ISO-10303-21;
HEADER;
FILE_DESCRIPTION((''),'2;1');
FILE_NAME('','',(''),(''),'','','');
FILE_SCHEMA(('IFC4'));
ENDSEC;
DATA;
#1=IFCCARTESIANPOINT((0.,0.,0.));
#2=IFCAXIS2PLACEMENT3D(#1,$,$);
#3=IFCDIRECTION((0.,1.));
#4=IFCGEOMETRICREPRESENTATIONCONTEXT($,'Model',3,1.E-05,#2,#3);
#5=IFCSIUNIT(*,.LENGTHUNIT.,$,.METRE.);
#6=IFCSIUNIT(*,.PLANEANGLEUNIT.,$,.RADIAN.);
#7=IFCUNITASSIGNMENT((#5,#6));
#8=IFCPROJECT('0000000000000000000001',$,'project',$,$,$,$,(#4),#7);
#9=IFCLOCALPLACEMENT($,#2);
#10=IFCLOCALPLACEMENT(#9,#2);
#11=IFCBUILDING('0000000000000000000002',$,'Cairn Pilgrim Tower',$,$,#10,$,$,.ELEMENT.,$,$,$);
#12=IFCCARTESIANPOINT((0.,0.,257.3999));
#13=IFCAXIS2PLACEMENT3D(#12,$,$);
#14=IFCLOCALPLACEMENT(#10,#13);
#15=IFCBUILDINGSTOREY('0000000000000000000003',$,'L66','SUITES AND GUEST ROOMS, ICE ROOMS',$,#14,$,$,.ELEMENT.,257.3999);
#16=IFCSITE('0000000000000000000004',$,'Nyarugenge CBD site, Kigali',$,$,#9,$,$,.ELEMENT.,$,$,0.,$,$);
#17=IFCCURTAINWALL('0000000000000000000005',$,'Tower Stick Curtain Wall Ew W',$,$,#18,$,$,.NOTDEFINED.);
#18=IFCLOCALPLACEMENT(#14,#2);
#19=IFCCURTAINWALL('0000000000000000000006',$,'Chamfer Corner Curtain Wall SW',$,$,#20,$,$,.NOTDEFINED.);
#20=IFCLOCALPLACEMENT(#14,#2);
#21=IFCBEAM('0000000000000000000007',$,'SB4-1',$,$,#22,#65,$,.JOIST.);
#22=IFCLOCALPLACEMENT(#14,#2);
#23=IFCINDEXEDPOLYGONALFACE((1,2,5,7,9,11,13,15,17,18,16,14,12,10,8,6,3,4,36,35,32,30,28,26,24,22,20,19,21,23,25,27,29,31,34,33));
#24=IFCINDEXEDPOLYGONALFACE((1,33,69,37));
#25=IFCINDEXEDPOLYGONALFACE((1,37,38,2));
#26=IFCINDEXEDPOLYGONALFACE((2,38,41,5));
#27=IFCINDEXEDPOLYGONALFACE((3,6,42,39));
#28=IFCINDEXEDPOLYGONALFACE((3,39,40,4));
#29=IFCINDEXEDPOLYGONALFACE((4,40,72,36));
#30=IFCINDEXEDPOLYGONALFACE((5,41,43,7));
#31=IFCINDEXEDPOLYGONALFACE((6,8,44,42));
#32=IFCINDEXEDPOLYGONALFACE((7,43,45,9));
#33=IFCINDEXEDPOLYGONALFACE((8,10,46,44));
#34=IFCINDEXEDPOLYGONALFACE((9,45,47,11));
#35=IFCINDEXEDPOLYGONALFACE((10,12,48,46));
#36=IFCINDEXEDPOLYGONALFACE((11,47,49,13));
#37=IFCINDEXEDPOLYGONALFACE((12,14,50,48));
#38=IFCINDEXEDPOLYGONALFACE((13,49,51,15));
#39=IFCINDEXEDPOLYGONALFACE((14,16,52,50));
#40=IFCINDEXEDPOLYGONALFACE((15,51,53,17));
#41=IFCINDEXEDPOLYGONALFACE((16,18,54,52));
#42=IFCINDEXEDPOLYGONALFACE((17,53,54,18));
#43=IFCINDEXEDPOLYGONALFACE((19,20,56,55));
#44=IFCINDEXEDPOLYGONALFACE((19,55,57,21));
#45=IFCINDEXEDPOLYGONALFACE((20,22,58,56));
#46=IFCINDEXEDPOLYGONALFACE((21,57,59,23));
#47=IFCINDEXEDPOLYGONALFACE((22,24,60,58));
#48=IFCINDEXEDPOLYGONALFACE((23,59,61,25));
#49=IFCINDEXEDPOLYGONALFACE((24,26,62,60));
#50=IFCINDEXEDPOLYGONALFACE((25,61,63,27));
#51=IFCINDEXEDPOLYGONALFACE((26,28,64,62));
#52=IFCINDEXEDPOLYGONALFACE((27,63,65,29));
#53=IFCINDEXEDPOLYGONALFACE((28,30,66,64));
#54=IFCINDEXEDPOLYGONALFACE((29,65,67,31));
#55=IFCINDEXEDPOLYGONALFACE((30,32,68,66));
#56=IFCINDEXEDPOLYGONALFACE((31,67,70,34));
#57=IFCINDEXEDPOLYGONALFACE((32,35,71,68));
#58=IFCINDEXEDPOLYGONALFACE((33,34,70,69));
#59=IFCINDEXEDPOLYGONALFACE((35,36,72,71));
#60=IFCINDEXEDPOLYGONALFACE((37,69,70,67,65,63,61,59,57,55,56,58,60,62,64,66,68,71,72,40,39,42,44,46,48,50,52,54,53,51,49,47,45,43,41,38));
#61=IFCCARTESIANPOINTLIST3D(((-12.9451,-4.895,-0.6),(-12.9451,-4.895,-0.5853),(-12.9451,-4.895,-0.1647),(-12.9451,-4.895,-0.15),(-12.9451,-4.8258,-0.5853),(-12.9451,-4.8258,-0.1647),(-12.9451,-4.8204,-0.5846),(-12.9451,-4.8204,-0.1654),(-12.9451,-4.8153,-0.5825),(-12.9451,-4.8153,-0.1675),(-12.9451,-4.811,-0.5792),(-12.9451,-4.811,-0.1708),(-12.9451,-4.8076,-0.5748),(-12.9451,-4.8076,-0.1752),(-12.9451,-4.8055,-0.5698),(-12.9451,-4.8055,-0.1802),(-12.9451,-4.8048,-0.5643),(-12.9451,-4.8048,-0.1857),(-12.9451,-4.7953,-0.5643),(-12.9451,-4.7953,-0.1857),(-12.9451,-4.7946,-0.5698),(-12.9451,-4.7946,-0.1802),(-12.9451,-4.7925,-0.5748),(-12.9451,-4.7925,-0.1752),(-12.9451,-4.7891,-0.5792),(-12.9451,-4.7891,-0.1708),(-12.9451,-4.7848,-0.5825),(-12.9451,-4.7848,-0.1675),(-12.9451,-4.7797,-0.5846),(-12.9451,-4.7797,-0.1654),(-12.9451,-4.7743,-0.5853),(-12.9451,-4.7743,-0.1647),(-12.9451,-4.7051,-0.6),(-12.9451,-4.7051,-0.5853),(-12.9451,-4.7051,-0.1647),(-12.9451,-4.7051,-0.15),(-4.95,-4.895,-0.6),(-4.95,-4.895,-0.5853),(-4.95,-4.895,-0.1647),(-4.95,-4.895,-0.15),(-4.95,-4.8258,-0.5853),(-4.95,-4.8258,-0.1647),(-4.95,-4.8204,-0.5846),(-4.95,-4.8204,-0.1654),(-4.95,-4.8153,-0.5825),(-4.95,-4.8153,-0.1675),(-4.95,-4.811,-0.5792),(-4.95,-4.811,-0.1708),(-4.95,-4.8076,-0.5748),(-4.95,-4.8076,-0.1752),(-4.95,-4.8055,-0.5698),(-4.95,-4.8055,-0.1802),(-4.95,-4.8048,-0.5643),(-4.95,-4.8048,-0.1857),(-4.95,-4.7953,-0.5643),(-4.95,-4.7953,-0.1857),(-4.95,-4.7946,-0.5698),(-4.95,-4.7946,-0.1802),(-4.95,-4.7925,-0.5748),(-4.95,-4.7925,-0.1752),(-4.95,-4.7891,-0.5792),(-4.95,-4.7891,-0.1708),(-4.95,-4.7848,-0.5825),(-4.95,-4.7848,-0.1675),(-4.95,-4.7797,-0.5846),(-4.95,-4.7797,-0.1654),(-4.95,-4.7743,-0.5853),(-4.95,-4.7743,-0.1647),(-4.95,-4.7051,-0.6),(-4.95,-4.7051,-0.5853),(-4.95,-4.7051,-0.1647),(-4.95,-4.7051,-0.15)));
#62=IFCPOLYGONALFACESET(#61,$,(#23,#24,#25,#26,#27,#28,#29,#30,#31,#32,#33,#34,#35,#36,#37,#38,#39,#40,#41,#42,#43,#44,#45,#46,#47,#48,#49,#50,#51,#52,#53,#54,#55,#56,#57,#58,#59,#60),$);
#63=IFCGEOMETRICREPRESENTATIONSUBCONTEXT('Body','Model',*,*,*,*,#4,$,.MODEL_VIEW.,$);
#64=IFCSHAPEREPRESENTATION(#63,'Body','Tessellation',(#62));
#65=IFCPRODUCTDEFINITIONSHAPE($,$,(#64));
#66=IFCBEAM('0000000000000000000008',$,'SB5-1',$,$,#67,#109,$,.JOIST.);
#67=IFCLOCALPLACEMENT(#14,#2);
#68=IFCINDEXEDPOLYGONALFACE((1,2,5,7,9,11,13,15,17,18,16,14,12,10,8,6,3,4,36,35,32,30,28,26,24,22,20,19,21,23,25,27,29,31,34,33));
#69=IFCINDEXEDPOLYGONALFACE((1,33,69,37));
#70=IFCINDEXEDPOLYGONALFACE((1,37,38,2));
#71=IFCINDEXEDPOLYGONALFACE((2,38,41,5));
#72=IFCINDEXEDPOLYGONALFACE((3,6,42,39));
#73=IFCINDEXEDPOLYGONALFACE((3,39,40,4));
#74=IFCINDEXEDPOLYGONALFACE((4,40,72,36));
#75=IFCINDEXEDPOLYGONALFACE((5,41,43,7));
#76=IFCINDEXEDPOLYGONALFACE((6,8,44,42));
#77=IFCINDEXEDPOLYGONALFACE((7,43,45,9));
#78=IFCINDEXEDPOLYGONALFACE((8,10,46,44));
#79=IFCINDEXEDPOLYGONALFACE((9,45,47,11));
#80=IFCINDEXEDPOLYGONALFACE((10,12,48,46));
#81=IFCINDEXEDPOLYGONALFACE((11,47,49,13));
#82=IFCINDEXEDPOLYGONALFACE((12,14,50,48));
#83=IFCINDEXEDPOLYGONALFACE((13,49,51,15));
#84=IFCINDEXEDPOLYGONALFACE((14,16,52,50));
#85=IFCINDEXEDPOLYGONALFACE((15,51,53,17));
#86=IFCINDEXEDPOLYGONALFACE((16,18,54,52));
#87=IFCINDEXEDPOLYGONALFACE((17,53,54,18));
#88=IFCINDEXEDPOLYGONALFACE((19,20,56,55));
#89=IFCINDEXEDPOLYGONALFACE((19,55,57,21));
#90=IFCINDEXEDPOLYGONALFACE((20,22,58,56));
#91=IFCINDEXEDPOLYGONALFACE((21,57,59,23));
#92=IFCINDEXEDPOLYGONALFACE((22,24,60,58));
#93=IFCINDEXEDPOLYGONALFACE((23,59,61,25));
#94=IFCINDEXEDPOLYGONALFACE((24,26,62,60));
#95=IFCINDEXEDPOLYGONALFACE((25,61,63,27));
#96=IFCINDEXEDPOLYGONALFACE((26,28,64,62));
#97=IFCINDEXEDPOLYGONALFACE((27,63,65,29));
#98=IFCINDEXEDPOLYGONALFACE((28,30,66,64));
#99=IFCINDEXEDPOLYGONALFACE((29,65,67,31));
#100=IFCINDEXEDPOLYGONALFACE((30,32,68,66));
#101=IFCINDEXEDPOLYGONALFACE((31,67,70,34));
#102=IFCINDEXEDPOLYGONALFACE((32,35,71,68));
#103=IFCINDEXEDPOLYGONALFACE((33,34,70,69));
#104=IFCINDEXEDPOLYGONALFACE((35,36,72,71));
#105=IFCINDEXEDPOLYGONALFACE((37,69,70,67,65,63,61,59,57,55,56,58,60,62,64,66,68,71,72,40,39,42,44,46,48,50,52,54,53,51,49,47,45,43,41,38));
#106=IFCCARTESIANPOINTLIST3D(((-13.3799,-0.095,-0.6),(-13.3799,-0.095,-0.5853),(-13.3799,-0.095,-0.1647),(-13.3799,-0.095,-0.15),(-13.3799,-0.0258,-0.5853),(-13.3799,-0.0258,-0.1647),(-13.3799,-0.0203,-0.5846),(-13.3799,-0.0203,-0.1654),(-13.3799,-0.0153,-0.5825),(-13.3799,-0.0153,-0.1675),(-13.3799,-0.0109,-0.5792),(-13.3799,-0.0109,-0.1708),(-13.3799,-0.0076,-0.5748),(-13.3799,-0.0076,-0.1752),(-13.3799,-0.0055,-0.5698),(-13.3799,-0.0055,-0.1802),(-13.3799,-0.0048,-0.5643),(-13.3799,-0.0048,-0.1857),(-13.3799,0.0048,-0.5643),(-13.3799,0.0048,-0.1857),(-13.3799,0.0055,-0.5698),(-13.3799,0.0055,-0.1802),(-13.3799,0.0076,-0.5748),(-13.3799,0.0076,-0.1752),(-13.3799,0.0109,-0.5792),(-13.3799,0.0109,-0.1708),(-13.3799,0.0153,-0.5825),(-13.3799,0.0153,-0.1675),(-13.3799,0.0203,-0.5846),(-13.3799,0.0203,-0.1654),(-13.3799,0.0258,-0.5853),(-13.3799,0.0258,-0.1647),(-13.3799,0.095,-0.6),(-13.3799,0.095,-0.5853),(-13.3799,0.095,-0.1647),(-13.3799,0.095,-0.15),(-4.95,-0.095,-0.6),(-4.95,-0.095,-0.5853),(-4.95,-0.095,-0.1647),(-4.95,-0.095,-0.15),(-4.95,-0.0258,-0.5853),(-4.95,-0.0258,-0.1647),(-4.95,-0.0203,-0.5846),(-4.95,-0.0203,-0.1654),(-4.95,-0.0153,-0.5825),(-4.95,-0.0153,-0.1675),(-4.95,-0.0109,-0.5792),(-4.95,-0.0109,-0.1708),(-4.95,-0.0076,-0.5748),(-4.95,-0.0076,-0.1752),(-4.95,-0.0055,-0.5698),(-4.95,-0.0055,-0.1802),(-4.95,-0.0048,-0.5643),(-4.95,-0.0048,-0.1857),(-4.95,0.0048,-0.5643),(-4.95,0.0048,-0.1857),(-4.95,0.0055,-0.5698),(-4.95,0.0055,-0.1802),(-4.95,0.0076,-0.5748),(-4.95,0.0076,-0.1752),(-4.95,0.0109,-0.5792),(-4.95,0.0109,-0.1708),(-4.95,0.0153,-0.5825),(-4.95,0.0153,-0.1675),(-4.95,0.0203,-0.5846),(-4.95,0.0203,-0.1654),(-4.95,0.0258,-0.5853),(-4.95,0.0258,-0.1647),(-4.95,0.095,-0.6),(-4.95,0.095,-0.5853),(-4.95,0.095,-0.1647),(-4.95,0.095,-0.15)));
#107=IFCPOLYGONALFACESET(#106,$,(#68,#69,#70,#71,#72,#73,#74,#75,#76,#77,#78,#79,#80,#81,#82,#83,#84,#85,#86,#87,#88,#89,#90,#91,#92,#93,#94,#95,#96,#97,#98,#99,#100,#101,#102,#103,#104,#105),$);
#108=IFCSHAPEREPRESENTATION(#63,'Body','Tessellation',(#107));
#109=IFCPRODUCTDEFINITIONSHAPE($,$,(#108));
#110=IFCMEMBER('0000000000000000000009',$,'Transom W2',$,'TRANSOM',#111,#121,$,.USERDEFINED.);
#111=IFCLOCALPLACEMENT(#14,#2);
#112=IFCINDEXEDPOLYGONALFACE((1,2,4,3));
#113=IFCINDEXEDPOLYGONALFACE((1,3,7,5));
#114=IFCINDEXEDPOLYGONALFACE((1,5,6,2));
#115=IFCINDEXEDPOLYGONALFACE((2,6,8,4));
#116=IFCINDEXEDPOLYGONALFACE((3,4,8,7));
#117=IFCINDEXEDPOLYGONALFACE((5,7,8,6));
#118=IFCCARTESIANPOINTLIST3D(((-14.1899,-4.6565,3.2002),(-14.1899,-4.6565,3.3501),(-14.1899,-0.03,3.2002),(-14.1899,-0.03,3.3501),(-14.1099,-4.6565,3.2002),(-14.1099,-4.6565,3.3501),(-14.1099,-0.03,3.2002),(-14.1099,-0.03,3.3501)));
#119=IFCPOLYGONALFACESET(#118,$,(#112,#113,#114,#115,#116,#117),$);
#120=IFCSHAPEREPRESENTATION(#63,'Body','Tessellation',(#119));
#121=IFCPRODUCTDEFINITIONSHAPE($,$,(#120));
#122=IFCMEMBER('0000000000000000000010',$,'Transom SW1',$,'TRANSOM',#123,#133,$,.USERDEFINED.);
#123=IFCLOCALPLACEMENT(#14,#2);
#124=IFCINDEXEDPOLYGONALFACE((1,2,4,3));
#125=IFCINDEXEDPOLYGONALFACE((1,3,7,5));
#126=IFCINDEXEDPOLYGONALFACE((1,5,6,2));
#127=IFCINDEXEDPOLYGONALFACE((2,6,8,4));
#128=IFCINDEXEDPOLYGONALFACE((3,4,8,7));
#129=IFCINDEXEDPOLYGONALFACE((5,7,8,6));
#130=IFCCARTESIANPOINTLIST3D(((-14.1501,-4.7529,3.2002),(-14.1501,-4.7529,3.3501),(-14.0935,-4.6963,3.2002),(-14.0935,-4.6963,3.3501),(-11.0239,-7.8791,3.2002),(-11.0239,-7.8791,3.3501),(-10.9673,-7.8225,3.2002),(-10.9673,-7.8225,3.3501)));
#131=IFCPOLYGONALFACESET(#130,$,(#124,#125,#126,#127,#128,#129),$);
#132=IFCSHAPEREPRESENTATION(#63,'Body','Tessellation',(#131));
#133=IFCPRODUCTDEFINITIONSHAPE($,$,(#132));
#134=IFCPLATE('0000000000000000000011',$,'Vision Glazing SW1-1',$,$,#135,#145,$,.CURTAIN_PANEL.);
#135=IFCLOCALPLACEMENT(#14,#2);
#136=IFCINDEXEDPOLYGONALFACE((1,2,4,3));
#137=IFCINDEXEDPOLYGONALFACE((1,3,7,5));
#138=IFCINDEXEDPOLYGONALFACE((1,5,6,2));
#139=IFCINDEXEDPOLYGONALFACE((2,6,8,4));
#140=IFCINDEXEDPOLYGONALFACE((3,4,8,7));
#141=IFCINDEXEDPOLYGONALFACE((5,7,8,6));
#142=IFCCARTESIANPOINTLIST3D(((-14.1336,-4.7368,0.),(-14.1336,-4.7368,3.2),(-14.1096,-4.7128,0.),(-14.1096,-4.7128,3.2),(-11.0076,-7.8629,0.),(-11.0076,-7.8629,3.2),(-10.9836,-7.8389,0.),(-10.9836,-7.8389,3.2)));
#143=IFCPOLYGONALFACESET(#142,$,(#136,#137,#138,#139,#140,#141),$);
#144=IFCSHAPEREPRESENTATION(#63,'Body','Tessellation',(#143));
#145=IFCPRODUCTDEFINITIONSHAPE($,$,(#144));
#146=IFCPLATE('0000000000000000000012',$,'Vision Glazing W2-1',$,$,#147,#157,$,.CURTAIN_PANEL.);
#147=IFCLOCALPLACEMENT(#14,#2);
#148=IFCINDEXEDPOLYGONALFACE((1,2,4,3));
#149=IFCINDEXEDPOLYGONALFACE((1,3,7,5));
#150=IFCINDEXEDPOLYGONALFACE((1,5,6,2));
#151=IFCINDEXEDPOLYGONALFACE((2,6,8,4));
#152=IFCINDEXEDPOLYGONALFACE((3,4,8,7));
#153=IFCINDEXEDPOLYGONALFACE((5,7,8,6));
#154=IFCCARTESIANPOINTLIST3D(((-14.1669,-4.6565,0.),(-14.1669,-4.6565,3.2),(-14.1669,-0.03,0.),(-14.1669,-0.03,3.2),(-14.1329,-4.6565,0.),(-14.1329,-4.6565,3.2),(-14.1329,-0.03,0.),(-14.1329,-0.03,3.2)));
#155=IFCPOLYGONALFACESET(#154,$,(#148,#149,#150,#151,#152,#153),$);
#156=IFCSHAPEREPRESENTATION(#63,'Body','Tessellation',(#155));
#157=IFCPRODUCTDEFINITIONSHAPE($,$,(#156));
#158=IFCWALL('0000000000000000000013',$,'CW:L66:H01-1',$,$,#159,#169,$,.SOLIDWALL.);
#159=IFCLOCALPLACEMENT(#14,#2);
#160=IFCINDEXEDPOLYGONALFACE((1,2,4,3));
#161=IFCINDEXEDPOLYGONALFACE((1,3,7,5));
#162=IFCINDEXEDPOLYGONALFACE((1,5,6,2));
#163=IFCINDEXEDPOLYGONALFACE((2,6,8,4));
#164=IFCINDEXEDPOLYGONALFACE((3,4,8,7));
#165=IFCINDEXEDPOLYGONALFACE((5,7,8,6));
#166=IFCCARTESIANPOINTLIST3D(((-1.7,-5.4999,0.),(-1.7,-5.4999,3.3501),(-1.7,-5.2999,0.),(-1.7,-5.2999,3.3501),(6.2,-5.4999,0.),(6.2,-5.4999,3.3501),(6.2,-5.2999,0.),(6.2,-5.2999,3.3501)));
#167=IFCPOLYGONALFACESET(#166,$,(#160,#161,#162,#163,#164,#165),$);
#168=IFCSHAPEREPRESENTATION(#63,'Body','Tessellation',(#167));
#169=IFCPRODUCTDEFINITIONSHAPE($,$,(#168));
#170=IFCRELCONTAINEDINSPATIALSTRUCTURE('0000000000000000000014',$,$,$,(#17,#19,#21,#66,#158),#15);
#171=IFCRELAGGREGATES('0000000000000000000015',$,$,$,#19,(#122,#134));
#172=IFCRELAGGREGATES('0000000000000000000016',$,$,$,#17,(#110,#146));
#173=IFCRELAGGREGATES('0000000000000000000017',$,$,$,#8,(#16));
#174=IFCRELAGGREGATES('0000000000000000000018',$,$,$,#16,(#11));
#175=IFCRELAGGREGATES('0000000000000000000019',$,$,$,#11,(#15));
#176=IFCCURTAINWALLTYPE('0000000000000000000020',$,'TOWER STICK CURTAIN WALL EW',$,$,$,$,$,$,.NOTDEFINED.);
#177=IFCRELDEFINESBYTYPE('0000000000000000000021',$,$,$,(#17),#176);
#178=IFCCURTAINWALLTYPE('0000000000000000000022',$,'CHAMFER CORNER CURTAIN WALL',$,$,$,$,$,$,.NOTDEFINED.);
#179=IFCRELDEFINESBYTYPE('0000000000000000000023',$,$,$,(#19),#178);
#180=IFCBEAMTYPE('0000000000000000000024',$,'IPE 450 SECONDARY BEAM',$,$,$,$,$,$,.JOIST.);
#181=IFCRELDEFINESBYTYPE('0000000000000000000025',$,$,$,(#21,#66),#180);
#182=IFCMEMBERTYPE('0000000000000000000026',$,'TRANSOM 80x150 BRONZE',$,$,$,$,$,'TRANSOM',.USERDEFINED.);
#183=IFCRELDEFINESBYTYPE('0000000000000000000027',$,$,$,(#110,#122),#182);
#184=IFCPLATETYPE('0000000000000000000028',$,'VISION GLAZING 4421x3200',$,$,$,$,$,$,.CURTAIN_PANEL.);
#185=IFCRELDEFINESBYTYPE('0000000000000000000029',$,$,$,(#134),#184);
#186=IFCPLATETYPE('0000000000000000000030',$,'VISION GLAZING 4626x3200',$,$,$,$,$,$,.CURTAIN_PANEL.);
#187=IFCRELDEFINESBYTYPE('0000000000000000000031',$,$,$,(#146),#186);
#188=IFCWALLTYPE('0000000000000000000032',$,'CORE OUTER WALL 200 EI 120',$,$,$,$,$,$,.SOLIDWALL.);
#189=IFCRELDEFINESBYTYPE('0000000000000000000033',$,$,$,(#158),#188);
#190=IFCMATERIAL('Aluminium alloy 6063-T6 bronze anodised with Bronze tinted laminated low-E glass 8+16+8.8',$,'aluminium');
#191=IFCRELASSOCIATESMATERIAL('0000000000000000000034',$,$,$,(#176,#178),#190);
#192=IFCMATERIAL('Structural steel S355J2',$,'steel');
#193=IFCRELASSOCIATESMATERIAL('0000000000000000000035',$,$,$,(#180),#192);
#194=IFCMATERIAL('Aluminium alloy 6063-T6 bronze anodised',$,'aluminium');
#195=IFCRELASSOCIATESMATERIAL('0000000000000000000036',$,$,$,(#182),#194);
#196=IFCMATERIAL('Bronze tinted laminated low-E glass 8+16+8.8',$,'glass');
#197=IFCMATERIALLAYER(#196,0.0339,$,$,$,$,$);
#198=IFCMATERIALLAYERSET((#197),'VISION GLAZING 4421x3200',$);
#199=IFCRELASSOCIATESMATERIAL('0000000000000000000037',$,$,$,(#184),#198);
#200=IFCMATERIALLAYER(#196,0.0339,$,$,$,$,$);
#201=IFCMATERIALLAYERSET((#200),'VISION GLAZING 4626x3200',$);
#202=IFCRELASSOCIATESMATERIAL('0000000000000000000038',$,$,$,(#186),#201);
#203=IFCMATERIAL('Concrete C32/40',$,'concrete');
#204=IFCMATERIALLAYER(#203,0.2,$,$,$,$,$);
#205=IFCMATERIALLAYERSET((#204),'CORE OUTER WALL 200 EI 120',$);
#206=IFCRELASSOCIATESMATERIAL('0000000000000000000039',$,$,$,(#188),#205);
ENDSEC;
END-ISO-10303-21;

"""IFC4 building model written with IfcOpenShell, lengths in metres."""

from ifc_helpers import new_model, si_unit, direction, frame, frame_2d, origin, origin_2d, place, context, subcontext, project, spatial, rectangle, i_section, extrude, material, layer, layer_set, material_profile, profile_set, type_object, element, aggregate, save


model = new_model("IFC4")

# Units and contexts
model_context = context("Model", 3, precision=1e-05, world=origin(), true_north=direction((0.0, 1.0)))
body_context = subcontext(model_context, "Body", "Model", "MODEL_VIEW")
ifc_project = project(units=[si_unit("LENGTHUNIT", "METRE"), si_unit("PLANEANGLEUNIT", "RADIAN")], contexts=[model_context])

# Site, building, storey
site_placement = place(None, origin())
site = spatial("IfcSite", under=ifc_project, at=site_placement, Name="Nyarugenge CBD site, Kigali", CompositionType="ELEMENT", RefElevation=0.0)
building_placement = place(site_placement, origin())
building = spatial("IfcBuilding", under=site, at=building_placement, Name="Cairn Pilgrim Tower", CompositionType="ELEMENT")
storey_placement = place(building_placement, frame((0.0, 0.0, 257.3999)))
storey = spatial("IfcBuildingStorey", under=building, at=storey_placement, Name="L66", Description="SUITES AND GUEST ROOMS, ICE ROOMS", CompositionType="ELEMENT", Elevation=257.3999)

# Shared definitions
ifc_material_1 = material(Name="Structural steel S355J2", Category="steel")

# Curtain wall
ifc_material_2 = material(Name="Aluminium alloy 6063-T6 bronze anodised with Bronze tinted laminated low-E glass 8+16+8.8", Category="aluminium")
curtain_wall_type_1 = type_object("IfcCurtainWallType", Name="TOWER STICK CURTAIN WALL EW", PredefinedType="NOTDEFINED", material=ifc_material_2)
curtain_wall_1_placement = place(storey_placement, origin())
curtain_wall_1 = element("IfcCurtainWall", 1, at=curtain_wall_1_placement, inside=storey, type_object=curtain_wall_type_1, Name="Tower Stick Curtain Wall Ew W", PredefinedType="NOTDEFINED")
ifc_material_3 = material(Name="Aluminium alloy 6063-T6 bronze anodised", Category="aluminium")

# Curtain wall
curtain_wall_type_2 = type_object("IfcCurtainWallType", Name="CHAMFER CORNER CURTAIN WALL", PredefinedType="NOTDEFINED", material=ifc_material_2)
curtain_wall_2_placement = place(storey_placement, origin())
curtain_wall_2 = element("IfcCurtainWall", 2, at=curtain_wall_2_placement, inside=storey, type_object=curtain_wall_type_2, Name="Chamfer Corner Curtain Wall SW", PredefinedType="NOTDEFINED")

# Beams
ifc_material_profile_1 = material_profile(ifc_material_1, i_section(OverallWidth=0.1899, OverallDepth=0.45, WebThickness=0.0095, FlangeThickness=0.0146, FilletRadius=0.021, at=origin_2d()), Name="IPE 450")
ifc_profile_set_1 = profile_set([ifc_material_profile_1], Name="Structural steel S355J2")
beam_type_1 = type_object("IfcBeamType", Name="IPE 450 SECONDARY BEAM", PredefinedType="JOIST", material=ifc_profile_set_1)
beam_1_placement = place(storey_placement, frame((-12.9451, -4.8, -0.375), z_axis=(1.0, 0.0, 0.0), x_axis=(0.0, 1.0, 0.0)))
element("IfcBeam", 3, at=beam_1_placement, inside=storey, type_object=beam_type_1, Name="SB4-1", PredefinedType="JOIST", context=body_context, shape_type="SweptSolid", body=[
    extrude(i_section(OverallWidth=0.1899, OverallDepth=0.45, WebThickness=0.0095, FlangeThickness=0.0146, FilletRadius=0.021, at=origin_2d()), origin(), (0.0, 0.0, 1.0), 7.9951),
])
beam_2_placement = place(storey_placement, frame((-13.3799, 0.0, -0.375), z_axis=(1.0, 0.0, 0.0), x_axis=(0.0, 1.0, 0.0)))
element("IfcBeam", 4, at=beam_2_placement, inside=storey, type_object=beam_type_1, Name="SB5-1", PredefinedType="JOIST", context=body_context, shape_type="SweptSolid", body=[
    extrude(i_section(OverallWidth=0.1899, OverallDepth=0.45, WebThickness=0.0095, FlangeThickness=0.0146, FilletRadius=0.021, at=origin_2d()), origin(), (0.0, 0.0, 1.0), 8.4299),
])

# Members
ifc_material_profile_2 = material_profile(ifc_material_3, rectangle(XDim=0.0801, YDim=0.1499, at=origin_2d()), Name="TRANSOM 80x150 BRONZE")
ifc_profile_set_2 = profile_set([ifc_material_profile_2], Name="Aluminium alloy 6063-T6 bronze anodised")
member_type_1 = type_object("IfcMemberType", Name="TRANSOM 80x150 BRONZE", ElementType="TRANSOM", PredefinedType="USERDEFINED", material=ifc_profile_set_2)
member_1_placement = place(storey_placement, frame((-14.1499, -0.03, 3.2751), z_axis=(0.0, -1.0, 0.0), x_axis=(1.0, 0.0, 0.0)))
member_1 = element("IfcMember", 5, at=member_1_placement, type_object=member_type_1, Name="Transom W2", ObjectType="TRANSOM", PredefinedType="USERDEFINED", context=body_context, shape_type="SweptSolid", body=[
    extrude(rectangle(XDim=0.0801, YDim=0.1499, at=origin_2d()), origin(), (0.0, 0.0, 1.0), 4.6265),
])
member_2_placement = place(storey_placement, frame((-14.1218, -4.7246, 3.2751), z_axis=(0.707107, -0.707107, 0.0), x_axis=(0.707107, 0.707107, 0.0)))
member_2 = element("IfcMember", 6, at=member_2_placement, type_object=member_type_1, Name="Transom SW1", ObjectType="TRANSOM", PredefinedType="USERDEFINED", context=body_context, shape_type="SweptSolid", body=[
    extrude(rectangle(XDim=0.0801, YDim=0.1499, at=origin_2d()), origin(), (0.0, 0.0, 1.0), 4.4211),
])

# Plates
ifc_material_4 = material(Name="Bronze tinted laminated low-E glass 8+16+8.8", Category="glass")
ifc_layer_1 = layer(ifc_material_4, 0.0339)
ifc_layer_set_1 = layer_set([ifc_layer_1], Name="VISION GLAZING 4421x3200")
plate_type_1 = type_object("IfcPlateType", Name="VISION GLAZING 4421x3200", PredefinedType="CURTAIN_PANEL", material=ifc_layer_set_1)
plate_1_placement = place(storey_placement, frame((-12.5586, -6.2878, 0.0), z_axis=(0.0, 0.0, 1.0), x_axis=(0.707107, -0.707107, 0.0)))
plate_1 = element("IfcPlate", 7, at=plate_1_placement, type_object=plate_type_1, Name="Vision Glazing SW1-1", PredefinedType="CURTAIN_PANEL", context=body_context, shape_type="SweptSolid", body=[
    extrude(rectangle(XDim=4.4209, YDim=0.0339, at=origin_2d()), origin(), (0.0, 0.0, 1.0), 3.2),
])
aggregate(curtain_wall_2, [member_2, plate_1])
ifc_layer_2 = layer(ifc_material_4, 0.0339)
ifc_layer_set_2 = layer_set([ifc_layer_2], Name="VISION GLAZING 4626x3200")
plate_type_2 = type_object("IfcPlateType", Name="VISION GLAZING 4626x3200", PredefinedType="CURTAIN_PANEL", material=ifc_layer_set_2)
plate_2_placement = place(storey_placement, frame((-14.1499, -2.3433, 0.0), z_axis=(0.0, 0.0, 1.0), x_axis=(0.0, -1.0, 0.0)))
plate_2 = element("IfcPlate", 8, at=plate_2_placement, type_object=plate_type_2, Name="Vision Glazing W2-1", PredefinedType="CURTAIN_PANEL", context=body_context, shape_type="SweptSolid", body=[
    extrude(rectangle(XDim=4.6265, YDim=0.0339, at=origin_2d()), origin(), (0.0, 0.0, 1.0), 3.2),
])
aggregate(curtain_wall_1, [member_1, plate_2])

# Wall
ifc_material_5 = material(Name="Concrete C32/40", Category="concrete")
ifc_layer_3 = layer(ifc_material_5, 0.2)
ifc_layer_set_3 = layer_set([ifc_layer_3], Name="CORE OUTER WALL 200 EI 120")
wall_type_1 = type_object("IfcWallType", Name="CORE OUTER WALL 200 EI 120", PredefinedType="SOLIDWALL", material=ifc_layer_set_3)
wall_1_placement = place(storey_placement, frame((-1.7, -5.3999, 0.0), z_axis=(0.0, 0.0, 1.0), x_axis=(1.0, 0.0, 0.0)))
element("IfcWall", 9, at=wall_1_placement, inside=storey, type_object=wall_type_1, Name="CW:L66:H01-1", PredefinedType="SOLIDWALL", context=body_context, shape_type="SweptSolid", body=[
    extrude(rectangle(XDim=7.8999, YDim=0.2, at=frame_2d((3.95, 0.0))), origin(), (0.0, 0.0, 1.0), 3.3501),
])

save(model, "model.ifc")
